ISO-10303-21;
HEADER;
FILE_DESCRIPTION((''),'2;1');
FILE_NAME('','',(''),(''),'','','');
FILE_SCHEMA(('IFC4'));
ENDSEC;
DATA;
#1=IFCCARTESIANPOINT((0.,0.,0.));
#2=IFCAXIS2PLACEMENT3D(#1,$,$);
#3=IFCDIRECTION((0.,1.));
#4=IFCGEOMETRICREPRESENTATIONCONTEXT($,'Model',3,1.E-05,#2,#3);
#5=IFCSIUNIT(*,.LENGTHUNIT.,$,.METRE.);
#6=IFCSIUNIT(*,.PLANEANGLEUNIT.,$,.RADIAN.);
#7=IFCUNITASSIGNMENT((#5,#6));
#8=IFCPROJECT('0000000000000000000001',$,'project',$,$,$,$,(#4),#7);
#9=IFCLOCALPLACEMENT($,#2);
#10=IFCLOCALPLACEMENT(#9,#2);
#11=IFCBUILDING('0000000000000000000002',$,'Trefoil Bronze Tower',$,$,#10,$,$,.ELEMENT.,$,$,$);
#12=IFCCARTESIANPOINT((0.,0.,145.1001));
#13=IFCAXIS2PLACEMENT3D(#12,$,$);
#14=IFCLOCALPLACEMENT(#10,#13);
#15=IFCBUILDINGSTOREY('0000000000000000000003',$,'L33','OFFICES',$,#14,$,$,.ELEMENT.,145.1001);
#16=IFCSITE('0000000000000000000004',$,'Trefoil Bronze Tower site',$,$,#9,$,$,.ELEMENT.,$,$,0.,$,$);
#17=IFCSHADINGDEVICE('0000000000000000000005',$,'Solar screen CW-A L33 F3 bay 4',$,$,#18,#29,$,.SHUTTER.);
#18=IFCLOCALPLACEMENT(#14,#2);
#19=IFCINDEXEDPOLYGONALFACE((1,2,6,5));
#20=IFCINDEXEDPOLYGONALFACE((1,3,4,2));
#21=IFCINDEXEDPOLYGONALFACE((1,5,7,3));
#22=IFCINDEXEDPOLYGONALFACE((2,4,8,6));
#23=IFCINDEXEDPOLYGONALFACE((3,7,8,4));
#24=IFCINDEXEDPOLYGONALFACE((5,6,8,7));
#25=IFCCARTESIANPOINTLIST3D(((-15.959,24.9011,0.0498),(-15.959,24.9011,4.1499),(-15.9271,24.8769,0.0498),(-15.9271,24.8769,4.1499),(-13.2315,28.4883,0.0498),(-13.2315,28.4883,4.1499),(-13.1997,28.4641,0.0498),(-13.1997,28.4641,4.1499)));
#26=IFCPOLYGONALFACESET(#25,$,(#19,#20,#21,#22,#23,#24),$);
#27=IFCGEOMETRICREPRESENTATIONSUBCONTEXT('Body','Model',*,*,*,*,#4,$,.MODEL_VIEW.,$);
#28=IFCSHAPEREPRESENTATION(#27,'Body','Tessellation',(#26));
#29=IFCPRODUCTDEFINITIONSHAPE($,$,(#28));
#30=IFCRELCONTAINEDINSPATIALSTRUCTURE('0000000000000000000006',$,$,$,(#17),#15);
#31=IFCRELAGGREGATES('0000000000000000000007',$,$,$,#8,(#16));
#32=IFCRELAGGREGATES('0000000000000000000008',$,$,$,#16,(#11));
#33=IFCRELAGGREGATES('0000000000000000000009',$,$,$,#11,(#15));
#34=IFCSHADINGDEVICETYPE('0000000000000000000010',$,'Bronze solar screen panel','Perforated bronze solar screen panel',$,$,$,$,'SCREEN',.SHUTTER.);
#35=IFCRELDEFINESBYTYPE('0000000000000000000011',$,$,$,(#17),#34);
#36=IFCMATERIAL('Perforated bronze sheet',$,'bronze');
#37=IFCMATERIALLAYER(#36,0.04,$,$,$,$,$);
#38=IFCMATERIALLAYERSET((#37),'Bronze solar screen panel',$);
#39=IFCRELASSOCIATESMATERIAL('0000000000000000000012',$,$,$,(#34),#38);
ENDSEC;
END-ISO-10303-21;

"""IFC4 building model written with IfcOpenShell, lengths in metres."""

from ifc_helpers import new_model, si_unit, direction, frame, origin, origin_2d, place, context, subcontext, project, spatial, rectangle, extrude, material, layer, layer_set, type_object, element, save


model = new_model("IFC4")

# Units and contexts
model_context = context("Model", 3, precision=1e-05, world=origin(), true_north=direction((0.0, 1.0)))
body_context = subcontext(model_context, "Body", "Model", "MODEL_VIEW")
ifc_project = project(units=[si_unit("LENGTHUNIT", "METRE"), si_unit("PLANEANGLEUNIT", "RADIAN")], contexts=[model_context])

# Site, building, storey
site_placement = place(None, origin())
site = spatial("IfcSite", under=ifc_project, at=site_placement, Name="Trefoil Bronze Tower site", CompositionType="ELEMENT", RefElevation=0.0)
building_placement = place(site_placement, origin())
building = spatial("IfcBuilding", under=site, at=building_placement, Name="Trefoil Bronze Tower", CompositionType="ELEMENT")
storey_placement = place(building_placement, frame((0.0, 0.0, 145.1001)))
storey = spatial("IfcBuildingStorey", under=building, at=storey_placement, Name="L33", Description="OFFICES", CompositionType="ELEMENT", Elevation=145.1001)

# Shading device
ifc_material_1 = material(Name="Perforated bronze sheet", Category="bronze")
ifc_layer_1 = layer(ifc_material_1, 0.04)
ifc_layer_set_1 = layer_set([ifc_layer_1], Name="Bronze solar screen panel")
shading_device_type = type_object("IfcShadingDeviceType", Name="Bronze solar screen panel", Description="Perforated bronze solar screen panel", ElementType="SCREEN", PredefinedType="SHUTTER", material=ifc_layer_set_1)
shading_device_1_placement = place(storey_placement, frame((-14.5793, 26.6826, 0.0498), z_axis=(0.0, 0.0, 1.0), x_axis=(-0.605252, -0.796034, 0.0)))
element("IfcShadingDevice", 1, at=shading_device_1_placement, inside=storey, type_object=shading_device_type, Name="Solar screen CW-A L33 F3 bay 4", PredefinedType="SHUTTER", context=body_context, shape_type="SweptSolid", body=[
    extrude(rectangle(XDim=4.5063, YDim=0.04, at=origin_2d()), origin(), (0.0, 0.0, 1.0), 4.1001),
])

save(model, "model.ifc")
